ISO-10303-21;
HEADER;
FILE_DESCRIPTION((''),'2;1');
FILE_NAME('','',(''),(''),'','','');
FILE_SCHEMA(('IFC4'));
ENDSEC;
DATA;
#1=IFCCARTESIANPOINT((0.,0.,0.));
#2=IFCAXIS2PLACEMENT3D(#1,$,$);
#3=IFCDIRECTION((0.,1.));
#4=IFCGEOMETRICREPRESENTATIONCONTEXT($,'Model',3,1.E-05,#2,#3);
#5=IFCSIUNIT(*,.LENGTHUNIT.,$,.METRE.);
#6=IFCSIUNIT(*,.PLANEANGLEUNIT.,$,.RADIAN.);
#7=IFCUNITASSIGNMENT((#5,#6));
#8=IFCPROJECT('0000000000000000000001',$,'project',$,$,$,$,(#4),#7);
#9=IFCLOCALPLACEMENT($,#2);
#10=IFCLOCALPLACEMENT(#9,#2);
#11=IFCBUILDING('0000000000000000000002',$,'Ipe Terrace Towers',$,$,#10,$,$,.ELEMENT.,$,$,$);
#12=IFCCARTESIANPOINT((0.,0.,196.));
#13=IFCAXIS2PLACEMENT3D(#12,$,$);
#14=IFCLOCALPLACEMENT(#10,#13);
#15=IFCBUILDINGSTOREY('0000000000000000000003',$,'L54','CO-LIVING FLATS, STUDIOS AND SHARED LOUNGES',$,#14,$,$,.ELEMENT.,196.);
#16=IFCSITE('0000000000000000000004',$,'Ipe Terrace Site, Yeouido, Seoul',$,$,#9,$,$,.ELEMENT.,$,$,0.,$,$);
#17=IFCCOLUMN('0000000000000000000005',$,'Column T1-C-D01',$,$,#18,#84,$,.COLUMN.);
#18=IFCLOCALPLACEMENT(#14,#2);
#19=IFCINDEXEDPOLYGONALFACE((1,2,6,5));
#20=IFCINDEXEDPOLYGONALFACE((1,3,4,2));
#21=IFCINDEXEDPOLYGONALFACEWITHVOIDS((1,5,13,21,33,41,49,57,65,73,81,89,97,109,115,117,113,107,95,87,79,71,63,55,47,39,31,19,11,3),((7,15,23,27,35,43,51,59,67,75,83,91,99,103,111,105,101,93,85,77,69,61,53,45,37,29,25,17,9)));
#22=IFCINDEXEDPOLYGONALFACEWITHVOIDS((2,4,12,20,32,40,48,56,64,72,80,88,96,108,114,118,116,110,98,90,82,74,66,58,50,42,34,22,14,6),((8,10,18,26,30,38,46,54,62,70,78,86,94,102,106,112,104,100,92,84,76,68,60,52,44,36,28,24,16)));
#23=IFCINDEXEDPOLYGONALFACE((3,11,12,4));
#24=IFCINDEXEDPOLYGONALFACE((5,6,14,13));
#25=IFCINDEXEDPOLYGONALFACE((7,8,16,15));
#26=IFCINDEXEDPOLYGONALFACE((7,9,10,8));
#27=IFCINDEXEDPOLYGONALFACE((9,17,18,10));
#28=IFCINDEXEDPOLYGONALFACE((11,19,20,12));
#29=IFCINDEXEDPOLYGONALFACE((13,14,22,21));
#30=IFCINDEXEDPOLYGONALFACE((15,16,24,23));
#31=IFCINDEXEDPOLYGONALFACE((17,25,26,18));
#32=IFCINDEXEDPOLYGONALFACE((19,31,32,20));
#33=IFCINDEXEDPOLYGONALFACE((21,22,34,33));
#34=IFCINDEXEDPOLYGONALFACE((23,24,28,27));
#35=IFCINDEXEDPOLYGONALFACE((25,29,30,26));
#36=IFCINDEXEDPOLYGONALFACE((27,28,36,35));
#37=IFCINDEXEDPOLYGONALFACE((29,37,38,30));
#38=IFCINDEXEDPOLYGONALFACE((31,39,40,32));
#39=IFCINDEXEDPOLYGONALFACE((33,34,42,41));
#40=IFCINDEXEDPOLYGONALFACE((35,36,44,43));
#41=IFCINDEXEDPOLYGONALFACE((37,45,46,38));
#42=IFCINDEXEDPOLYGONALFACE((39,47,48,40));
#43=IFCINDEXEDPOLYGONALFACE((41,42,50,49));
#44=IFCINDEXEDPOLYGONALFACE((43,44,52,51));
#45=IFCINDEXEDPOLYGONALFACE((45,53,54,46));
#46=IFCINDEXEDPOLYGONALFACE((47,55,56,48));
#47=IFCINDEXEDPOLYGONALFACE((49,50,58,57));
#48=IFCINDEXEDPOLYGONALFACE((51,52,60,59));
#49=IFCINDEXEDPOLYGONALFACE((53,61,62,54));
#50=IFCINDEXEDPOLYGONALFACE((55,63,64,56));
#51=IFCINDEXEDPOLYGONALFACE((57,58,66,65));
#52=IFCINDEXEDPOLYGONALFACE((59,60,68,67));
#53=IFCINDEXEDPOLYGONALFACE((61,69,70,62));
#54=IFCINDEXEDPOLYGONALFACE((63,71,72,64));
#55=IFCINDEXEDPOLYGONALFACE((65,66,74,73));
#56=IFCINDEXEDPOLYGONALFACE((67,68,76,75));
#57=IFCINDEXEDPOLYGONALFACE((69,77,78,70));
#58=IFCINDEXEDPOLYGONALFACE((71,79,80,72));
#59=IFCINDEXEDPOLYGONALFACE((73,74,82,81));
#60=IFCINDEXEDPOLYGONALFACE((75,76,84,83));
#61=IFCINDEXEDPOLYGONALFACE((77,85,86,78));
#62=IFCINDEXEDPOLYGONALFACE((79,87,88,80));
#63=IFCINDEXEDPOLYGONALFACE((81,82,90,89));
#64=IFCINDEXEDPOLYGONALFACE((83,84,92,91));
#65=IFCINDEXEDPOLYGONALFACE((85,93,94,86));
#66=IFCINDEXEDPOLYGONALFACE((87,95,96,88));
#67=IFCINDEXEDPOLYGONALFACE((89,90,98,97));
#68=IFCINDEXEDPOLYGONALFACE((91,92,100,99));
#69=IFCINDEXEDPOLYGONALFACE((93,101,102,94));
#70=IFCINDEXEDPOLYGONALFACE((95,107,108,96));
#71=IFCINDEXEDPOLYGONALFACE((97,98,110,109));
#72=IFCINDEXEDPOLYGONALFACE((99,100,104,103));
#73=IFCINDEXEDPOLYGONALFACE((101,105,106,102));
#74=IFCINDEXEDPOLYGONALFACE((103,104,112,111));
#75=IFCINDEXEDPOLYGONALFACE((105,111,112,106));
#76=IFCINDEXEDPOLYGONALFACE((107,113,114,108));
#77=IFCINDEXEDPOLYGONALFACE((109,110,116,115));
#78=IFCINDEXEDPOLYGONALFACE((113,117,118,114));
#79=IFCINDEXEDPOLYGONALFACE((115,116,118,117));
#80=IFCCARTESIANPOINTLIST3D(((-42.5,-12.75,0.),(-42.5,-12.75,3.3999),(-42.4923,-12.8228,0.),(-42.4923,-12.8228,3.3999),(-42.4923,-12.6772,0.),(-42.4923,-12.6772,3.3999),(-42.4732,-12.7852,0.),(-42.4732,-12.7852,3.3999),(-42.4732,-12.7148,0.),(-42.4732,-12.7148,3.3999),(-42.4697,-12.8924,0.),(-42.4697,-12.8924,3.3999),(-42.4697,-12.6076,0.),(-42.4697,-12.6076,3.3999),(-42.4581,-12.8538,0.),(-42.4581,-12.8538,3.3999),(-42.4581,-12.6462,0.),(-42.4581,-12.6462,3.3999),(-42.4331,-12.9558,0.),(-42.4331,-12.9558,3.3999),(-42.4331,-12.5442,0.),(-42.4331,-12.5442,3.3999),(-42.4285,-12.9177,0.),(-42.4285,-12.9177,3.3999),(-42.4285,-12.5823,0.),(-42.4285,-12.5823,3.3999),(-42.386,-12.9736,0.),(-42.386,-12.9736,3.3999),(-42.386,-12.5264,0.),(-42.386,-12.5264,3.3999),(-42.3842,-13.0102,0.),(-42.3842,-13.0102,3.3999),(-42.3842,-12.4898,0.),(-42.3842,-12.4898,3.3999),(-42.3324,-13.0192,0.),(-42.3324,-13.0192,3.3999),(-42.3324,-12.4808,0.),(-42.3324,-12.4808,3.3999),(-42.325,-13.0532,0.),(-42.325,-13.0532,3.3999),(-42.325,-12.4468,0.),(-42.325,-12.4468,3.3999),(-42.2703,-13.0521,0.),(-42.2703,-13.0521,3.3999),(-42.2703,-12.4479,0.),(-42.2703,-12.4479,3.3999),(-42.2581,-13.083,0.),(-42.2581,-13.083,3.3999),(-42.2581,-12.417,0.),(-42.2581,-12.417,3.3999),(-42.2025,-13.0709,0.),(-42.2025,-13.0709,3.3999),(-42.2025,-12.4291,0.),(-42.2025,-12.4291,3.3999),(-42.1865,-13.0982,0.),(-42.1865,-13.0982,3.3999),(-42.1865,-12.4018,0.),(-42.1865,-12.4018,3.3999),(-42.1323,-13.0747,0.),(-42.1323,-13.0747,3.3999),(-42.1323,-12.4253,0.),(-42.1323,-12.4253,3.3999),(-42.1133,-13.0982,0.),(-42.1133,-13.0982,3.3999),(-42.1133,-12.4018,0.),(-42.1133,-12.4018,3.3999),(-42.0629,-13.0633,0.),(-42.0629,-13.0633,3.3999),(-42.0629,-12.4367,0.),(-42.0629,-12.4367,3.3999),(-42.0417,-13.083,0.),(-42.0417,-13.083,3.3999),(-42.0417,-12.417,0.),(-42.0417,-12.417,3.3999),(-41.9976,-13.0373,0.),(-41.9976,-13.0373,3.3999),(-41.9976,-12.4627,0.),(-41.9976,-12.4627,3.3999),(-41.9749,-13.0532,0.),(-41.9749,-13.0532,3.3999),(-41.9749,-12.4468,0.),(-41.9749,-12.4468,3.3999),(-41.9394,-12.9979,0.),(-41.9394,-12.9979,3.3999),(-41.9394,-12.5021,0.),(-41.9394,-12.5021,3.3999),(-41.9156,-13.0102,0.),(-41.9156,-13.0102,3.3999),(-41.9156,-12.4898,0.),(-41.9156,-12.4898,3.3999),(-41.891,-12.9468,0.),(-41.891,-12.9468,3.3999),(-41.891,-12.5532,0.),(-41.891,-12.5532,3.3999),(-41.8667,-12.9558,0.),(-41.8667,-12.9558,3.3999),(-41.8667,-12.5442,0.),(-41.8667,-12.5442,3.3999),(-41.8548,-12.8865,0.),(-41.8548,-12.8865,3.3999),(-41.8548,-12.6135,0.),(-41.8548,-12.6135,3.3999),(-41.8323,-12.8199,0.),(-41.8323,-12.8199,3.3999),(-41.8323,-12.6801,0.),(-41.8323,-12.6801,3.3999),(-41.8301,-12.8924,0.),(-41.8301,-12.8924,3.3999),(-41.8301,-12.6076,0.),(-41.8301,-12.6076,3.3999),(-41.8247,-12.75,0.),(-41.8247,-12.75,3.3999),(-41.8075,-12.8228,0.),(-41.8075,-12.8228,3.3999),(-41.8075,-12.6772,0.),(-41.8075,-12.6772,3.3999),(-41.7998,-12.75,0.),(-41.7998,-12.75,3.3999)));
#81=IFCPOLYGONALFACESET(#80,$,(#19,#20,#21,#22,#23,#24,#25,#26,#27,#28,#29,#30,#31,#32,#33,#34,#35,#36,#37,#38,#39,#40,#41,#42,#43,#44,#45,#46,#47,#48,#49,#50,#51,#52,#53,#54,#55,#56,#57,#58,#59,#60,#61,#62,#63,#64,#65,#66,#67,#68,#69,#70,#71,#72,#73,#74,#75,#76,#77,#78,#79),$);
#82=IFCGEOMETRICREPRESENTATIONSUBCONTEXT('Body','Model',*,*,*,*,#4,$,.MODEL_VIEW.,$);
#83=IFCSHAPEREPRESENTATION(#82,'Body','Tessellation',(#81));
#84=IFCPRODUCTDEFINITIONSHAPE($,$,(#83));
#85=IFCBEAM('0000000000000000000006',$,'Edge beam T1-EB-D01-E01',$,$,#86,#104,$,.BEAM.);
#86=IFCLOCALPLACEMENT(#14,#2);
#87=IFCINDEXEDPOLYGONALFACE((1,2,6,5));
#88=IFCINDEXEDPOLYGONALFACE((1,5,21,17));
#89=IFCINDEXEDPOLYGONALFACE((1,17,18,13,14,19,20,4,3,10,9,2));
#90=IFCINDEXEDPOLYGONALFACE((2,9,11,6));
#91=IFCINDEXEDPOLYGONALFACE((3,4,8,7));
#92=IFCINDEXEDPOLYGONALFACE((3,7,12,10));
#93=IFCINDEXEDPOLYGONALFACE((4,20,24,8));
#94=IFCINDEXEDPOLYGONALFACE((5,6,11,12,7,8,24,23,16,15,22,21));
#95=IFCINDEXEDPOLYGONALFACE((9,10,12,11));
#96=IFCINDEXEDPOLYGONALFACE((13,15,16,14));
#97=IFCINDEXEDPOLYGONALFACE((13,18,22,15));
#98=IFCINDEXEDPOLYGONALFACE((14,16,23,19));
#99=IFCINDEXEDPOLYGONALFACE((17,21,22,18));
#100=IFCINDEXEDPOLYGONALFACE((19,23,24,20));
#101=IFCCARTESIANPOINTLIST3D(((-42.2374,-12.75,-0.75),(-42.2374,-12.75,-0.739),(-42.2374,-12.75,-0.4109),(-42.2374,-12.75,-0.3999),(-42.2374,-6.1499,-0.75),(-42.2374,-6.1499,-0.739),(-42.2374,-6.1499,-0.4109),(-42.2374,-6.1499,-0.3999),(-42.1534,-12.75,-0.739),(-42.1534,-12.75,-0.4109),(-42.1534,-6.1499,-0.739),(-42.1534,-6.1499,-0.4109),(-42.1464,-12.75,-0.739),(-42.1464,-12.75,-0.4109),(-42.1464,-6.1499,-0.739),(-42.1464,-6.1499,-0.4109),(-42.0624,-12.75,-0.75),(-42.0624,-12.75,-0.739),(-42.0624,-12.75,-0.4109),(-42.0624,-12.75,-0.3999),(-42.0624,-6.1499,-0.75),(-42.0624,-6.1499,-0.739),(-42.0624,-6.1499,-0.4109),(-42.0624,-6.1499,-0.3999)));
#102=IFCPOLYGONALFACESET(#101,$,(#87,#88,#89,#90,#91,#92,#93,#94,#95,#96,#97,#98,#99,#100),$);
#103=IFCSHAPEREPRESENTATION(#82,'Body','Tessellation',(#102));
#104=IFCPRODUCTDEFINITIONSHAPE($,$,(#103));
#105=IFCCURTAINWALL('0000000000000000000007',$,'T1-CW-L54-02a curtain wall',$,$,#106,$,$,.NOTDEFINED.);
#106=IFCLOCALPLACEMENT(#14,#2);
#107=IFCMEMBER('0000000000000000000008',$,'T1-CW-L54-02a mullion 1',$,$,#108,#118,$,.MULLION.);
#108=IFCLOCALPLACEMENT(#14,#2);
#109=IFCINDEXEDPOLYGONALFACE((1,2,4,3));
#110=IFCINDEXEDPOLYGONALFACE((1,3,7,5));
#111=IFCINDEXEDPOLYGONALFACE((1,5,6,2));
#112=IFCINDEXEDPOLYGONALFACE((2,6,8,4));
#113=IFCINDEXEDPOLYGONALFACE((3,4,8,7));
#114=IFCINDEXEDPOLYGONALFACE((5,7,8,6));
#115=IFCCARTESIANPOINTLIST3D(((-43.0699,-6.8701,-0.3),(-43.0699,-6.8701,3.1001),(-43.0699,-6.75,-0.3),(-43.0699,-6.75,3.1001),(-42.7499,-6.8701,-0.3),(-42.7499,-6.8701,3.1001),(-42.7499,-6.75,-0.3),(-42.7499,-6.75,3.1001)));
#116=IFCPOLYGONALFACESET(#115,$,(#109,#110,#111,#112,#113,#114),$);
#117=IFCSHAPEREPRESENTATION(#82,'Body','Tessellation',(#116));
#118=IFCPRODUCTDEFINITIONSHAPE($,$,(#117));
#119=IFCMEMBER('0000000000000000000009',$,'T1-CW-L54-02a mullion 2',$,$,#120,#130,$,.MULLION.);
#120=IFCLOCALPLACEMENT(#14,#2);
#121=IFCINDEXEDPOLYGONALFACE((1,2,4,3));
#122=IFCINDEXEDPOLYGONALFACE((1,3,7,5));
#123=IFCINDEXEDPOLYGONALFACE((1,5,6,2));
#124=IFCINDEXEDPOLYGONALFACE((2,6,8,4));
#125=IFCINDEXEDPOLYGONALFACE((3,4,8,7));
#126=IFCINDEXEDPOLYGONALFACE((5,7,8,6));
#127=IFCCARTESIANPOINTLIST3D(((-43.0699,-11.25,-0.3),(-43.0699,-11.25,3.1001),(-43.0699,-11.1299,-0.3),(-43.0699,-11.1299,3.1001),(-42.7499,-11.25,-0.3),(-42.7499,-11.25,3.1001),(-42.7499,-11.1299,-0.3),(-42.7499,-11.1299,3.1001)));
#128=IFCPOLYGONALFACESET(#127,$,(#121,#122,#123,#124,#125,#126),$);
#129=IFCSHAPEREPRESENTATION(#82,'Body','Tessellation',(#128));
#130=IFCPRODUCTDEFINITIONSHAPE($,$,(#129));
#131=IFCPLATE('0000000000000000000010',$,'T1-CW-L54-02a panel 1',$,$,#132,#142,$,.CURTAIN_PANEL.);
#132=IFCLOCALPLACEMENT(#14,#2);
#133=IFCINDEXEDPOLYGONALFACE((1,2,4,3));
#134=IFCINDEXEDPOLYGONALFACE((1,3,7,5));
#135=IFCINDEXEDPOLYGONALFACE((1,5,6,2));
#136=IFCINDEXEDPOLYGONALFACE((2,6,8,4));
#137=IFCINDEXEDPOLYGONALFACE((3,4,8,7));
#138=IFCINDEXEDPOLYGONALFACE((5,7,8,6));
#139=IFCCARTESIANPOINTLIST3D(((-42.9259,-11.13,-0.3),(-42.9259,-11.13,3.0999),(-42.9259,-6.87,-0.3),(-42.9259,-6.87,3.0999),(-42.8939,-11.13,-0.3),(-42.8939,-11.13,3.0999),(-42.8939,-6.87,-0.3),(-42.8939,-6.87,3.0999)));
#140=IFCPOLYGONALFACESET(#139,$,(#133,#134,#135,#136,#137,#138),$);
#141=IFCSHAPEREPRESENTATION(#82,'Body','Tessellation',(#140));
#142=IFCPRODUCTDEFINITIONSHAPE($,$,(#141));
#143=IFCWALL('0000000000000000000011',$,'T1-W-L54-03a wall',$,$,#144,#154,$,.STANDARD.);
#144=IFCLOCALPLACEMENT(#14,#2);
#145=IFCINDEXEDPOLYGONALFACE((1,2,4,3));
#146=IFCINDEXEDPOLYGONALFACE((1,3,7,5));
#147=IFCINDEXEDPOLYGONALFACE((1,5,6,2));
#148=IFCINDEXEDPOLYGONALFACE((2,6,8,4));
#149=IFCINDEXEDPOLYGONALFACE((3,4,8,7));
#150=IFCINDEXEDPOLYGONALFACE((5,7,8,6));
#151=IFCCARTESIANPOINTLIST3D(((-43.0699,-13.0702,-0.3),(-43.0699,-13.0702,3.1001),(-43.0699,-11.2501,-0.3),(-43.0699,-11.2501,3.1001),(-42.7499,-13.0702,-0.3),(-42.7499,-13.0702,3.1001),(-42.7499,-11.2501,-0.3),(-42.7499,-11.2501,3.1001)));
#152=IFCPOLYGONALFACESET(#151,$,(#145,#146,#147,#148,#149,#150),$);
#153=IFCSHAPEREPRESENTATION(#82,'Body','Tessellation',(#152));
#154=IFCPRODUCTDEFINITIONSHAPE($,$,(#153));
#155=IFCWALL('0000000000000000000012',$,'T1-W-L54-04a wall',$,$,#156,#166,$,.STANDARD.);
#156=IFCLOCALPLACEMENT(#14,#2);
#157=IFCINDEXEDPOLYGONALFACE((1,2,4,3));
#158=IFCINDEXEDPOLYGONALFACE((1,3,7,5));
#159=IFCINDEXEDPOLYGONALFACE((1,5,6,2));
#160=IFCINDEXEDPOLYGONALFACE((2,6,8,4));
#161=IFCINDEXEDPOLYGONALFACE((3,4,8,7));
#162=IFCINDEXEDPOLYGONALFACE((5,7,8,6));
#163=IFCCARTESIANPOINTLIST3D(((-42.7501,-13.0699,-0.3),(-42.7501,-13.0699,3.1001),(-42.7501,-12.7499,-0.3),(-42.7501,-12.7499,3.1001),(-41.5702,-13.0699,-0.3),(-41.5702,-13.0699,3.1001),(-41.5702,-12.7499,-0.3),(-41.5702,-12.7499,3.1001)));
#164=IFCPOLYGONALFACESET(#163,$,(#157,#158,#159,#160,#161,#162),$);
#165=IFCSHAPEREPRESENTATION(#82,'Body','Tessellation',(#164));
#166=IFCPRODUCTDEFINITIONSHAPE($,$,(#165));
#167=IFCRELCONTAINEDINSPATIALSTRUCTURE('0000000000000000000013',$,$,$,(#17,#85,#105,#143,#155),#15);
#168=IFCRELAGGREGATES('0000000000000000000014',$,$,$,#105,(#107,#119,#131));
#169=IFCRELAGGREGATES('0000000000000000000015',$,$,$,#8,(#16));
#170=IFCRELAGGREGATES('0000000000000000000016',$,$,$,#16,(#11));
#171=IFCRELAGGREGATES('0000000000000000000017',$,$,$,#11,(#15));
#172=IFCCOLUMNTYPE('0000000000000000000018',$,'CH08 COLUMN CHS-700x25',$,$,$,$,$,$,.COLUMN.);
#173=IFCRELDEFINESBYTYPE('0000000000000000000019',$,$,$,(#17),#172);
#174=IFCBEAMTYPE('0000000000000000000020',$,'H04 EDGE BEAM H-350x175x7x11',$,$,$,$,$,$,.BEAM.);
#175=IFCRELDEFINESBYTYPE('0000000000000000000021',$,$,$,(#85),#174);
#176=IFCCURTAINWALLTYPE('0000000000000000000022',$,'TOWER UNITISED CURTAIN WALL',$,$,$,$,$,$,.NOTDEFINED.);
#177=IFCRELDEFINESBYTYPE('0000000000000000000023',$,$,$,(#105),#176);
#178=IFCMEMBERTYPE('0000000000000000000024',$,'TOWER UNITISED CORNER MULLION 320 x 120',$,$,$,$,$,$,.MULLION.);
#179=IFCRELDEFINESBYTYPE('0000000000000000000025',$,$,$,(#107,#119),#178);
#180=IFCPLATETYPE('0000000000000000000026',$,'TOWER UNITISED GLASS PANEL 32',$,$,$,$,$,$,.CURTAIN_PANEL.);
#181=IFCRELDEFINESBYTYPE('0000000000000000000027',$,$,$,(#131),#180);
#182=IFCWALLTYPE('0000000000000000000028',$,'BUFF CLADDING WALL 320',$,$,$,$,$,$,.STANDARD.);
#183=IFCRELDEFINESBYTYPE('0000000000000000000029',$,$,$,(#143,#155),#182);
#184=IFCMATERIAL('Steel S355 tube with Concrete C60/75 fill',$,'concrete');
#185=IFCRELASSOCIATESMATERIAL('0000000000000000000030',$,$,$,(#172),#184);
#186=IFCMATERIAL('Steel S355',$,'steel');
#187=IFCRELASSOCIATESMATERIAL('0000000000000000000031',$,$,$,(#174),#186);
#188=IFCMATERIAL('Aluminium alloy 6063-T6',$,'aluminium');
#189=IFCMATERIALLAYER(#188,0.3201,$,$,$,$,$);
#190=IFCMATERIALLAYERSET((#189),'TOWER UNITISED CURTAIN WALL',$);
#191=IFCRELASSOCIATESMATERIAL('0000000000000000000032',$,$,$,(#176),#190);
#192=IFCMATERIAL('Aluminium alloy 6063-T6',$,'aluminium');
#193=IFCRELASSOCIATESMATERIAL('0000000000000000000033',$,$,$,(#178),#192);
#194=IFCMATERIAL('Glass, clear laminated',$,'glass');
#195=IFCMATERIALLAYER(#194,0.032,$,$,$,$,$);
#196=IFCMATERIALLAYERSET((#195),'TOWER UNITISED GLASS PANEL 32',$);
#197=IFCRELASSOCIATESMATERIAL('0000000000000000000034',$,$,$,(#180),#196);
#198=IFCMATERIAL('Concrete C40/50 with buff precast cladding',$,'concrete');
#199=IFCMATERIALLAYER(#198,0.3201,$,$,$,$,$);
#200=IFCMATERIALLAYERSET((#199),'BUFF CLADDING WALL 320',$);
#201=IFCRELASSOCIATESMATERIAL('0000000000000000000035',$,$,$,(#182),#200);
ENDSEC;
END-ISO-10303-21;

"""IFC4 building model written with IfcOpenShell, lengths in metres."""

from ifc_helpers import new_model, si_unit, direction, frame, frame_2d, origin, origin_2d, place, context, subcontext, project, spatial, rectangle, hollow_circle, i_section, extrude, material, layer, layer_set, material_profile, profile_set, type_object, element, aggregate, save


model = new_model("IFC4")

# Units and contexts
model_context = context("Model", 3, precision=1e-05, world=origin(), true_north=direction((0.0, 1.0)))
body_context = subcontext(model_context, "Body", "Model", "MODEL_VIEW")
ifc_project = project(units=[si_unit("LENGTHUNIT", "METRE"), si_unit("PLANEANGLEUNIT", "RADIAN")], contexts=[model_context])

# Site, building, storey
site_placement = place(None, origin())
site = spatial("IfcSite", under=ifc_project, at=site_placement, Name="Ipe Terrace Site, Yeouido, Seoul", CompositionType="ELEMENT", RefElevation=0.0)
building_placement = place(site_placement, origin())
building = spatial("IfcBuilding", under=site, at=building_placement, Name="Ipe Terrace Towers", CompositionType="ELEMENT")
storey_placement = place(building_placement, frame((0.0, 0.0, 196.0)))
storey = spatial("IfcBuildingStorey", under=building, at=storey_placement, Name="L54", Description="CO-LIVING FLATS, STUDIOS AND SHARED LOUNGES", CompositionType="ELEMENT", Elevation=196.0)

# Column
ifc_material_1 = material(Name="Steel S355 tube with Concrete C60/75 fill", Category="concrete")
ifc_material_profile_1 = material_profile(ifc_material_1, hollow_circle(Radius=0.3501, WallThickness=0.0249, at=origin_2d()), Name="CHS-700x25")
ifc_profile_set_1 = profile_set([ifc_material_profile_1], Name="Steel S355 tube with Concrete C60/75 fill")
column_type = type_object("IfcColumnType", Name="CH08 COLUMN CHS-700x25", PredefinedType="COLUMN", material=ifc_profile_set_1)
column_placement = place(storey_placement, frame((-42.1499, -12.75, 0.0), z_axis=(0.0, 0.0, 1.0), x_axis=(1.0, 0.0, 0.0)))
element("IfcColumn", 1, at=column_placement, inside=storey, type_object=column_type, Name="Column T1-C-D01", PredefinedType="COLUMN", context=body_context, shape_type="SweptSolid", body=[
    extrude(hollow_circle(Radius=0.3501, WallThickness=0.0249, at=origin_2d()), origin(), (0.0, 0.0, 1.0), 3.3999),
])

# Beam
ifc_material_2 = material(Name="Steel S355", Category="steel")
ifc_material_profile_2 = material_profile(ifc_material_2, i_section(OverallWidth=0.175, OverallDepth=0.3501, WebThickness=0.0071, FlangeThickness=0.011, at=origin_2d()), Name="H-350x175x7x11")
ifc_profile_set_2 = profile_set([ifc_material_profile_2], Name="Steel S355")
beam_type = type_object("IfcBeamType", Name="H04 EDGE BEAM H-350x175x7x11", PredefinedType="BEAM", material=ifc_profile_set_2)
beam_placement = place(storey_placement, frame((-42.1499, -12.75, -0.575), z_axis=(0.0, 1.0, 0.0), x_axis=(-1.0, 0.0, 0.0)))
element("IfcBeam", 2, at=beam_placement, inside=storey, type_object=beam_type, Name="Edge beam T1-EB-D01-E01", PredefinedType="BEAM", context=body_context, shape_type="SweptSolid", body=[
    extrude(i_section(OverallWidth=0.175, OverallDepth=0.3501, WebThickness=0.0071, FlangeThickness=0.011, at=origin_2d()), origin(), (0.0, 0.0, 1.0), 6.6001),
])

# Curtain wall, members, plate
ifc_material_3 = material(Name="Aluminium alloy 6063-T6", Category="aluminium")
ifc_layer_1 = layer(ifc_material_3, 0.3201)
ifc_layer_set_1 = layer_set([ifc_layer_1], Name="TOWER UNITISED CURTAIN WALL")
curtain_wall_type = type_object("IfcCurtainWallType", Name="TOWER UNITISED CURTAIN WALL", PredefinedType="NOTDEFINED", material=ifc_layer_set_1)
curtain_wall_placement = place(storey_placement, origin())
curtain_wall = element("IfcCurtainWall", 3, at=curtain_wall_placement, inside=storey, type_object=curtain_wall_type, Name="T1-CW-L54-02a curtain wall", PredefinedType="NOTDEFINED")
ifc_material_4 = material(Name="Aluminium alloy 6063-T6", Category="aluminium")
ifc_material_profile_3 = material_profile(ifc_material_4, rectangle(XDim=0.3201, YDim=0.1201, at=origin_2d()), Name="TOWER UNITISED CORNER MULLION 320 x 120")
ifc_profile_set_3 = profile_set([ifc_material_profile_3], Name="Aluminium alloy 6063-T6")
member_type = type_object("IfcMemberType", Name="TOWER UNITISED CORNER MULLION 320 x 120", PredefinedType="MULLION", material=ifc_profile_set_3)
member_1_placement = place(storey_placement, frame((-42.9099, -6.8101, -0.3), z_axis=(0.0, 0.0, 1.0), x_axis=(-1.0, 0.0, 0.0)))
member_1 = element("IfcMember", 4, at=member_1_placement, type_object=member_type, Name="T1-CW-L54-02a mullion 1", PredefinedType="MULLION", context=body_context, shape_type="SweptSolid", body=[
    extrude(rectangle(XDim=0.3201, YDim=0.1201, at=origin_2d()), origin(), (0.0, 0.0, 1.0), 3.4001),
])
member_2_placement = place(storey_placement, frame((-42.9099, -11.1899, -0.3), z_axis=(0.0, 0.0, 1.0), x_axis=(-1.0, 0.0, 0.0)))
member_2 = element("IfcMember", 5, at=member_2_placement, type_object=member_type, Name="T1-CW-L54-02a mullion 2", PredefinedType="MULLION", context=body_context, shape_type="SweptSolid", body=[
    extrude(rectangle(XDim=0.3201, YDim=0.1201, at=origin_2d()), origin(), (0.0, 0.0, 1.0), 3.4001),
])
ifc_material_5 = material(Name="Glass, clear laminated", Category="glass")
ifc_layer_2 = layer(ifc_material_5, 0.032)
ifc_layer_set_2 = layer_set([ifc_layer_2], Name="TOWER UNITISED GLASS PANEL 32")
plate_type = type_object("IfcPlateType", Name="TOWER UNITISED GLASS PANEL 32", PredefinedType="CURTAIN_PANEL", material=ifc_layer_set_2)
plate_placement = place(storey_placement, frame((-42.9099, -9.0, -0.3), z_axis=(0.0, 0.0, 1.0), x_axis=(0.0, -1.0, 0.0)))
plate = element("IfcPlate", 6, at=plate_placement, type_object=plate_type, Name="T1-CW-L54-02a panel 1", PredefinedType="CURTAIN_PANEL", context=body_context, shape_type="SweptSolid", body=[
    extrude(rectangle(XDim=4.26, YDim=0.032, at=origin_2d()), origin(), (0.0, 0.0, 1.0), 3.3999),
])
aggregate(curtain_wall, [member_1, member_2, plate])

# Walls
ifc_material_6 = material(Name="Concrete C40/50 with buff precast cladding", Category="concrete")
ifc_layer_3 = layer(ifc_material_6, 0.3201)
ifc_layer_set_3 = layer_set([ifc_layer_3], Name="BUFF CLADDING WALL 320")
wall_type_1 = type_object("IfcWallType", Name="BUFF CLADDING WALL 320", PredefinedType="STANDARD", material=ifc_layer_set_3)
wall_1_placement = place(storey_placement, frame((-42.9099, -11.25, -0.3), z_axis=(0.0, 0.0, 1.0), x_axis=(0.0, -1.0, 0.0)))
element("IfcWall", 7, at=wall_1_placement, inside=storey, type_object=wall_type_1, Name="T1-W-L54-03a wall", PredefinedType="STANDARD", context=body_context, shape_type="SweptSolid", body=[
    extrude(rectangle(XDim=1.8201, YDim=0.3201, at=frame_2d((0.9102, 0.0))), origin(), (0.0, 0.0, 1.0), 3.4001),
])
wall_2_placement = place(storey_placement, frame((-42.75, -12.9099, -0.3), z_axis=(0.0, 0.0, 1.0), x_axis=(1.0, 0.0, 0.0)))
element("IfcWall", 8, at=wall_2_placement, inside=storey, type_object=wall_type_1, Name="T1-W-L54-04a wall", PredefinedType="STANDARD", context=body_context, shape_type="SweptSolid", body=[
    extrude(rectangle(XDim=1.1799, YDim=0.3201, at=frame_2d((0.5898, 0.0))), origin(), (0.0, 0.0, 1.0), 3.4001),
])

save(model, "model.ifc")
